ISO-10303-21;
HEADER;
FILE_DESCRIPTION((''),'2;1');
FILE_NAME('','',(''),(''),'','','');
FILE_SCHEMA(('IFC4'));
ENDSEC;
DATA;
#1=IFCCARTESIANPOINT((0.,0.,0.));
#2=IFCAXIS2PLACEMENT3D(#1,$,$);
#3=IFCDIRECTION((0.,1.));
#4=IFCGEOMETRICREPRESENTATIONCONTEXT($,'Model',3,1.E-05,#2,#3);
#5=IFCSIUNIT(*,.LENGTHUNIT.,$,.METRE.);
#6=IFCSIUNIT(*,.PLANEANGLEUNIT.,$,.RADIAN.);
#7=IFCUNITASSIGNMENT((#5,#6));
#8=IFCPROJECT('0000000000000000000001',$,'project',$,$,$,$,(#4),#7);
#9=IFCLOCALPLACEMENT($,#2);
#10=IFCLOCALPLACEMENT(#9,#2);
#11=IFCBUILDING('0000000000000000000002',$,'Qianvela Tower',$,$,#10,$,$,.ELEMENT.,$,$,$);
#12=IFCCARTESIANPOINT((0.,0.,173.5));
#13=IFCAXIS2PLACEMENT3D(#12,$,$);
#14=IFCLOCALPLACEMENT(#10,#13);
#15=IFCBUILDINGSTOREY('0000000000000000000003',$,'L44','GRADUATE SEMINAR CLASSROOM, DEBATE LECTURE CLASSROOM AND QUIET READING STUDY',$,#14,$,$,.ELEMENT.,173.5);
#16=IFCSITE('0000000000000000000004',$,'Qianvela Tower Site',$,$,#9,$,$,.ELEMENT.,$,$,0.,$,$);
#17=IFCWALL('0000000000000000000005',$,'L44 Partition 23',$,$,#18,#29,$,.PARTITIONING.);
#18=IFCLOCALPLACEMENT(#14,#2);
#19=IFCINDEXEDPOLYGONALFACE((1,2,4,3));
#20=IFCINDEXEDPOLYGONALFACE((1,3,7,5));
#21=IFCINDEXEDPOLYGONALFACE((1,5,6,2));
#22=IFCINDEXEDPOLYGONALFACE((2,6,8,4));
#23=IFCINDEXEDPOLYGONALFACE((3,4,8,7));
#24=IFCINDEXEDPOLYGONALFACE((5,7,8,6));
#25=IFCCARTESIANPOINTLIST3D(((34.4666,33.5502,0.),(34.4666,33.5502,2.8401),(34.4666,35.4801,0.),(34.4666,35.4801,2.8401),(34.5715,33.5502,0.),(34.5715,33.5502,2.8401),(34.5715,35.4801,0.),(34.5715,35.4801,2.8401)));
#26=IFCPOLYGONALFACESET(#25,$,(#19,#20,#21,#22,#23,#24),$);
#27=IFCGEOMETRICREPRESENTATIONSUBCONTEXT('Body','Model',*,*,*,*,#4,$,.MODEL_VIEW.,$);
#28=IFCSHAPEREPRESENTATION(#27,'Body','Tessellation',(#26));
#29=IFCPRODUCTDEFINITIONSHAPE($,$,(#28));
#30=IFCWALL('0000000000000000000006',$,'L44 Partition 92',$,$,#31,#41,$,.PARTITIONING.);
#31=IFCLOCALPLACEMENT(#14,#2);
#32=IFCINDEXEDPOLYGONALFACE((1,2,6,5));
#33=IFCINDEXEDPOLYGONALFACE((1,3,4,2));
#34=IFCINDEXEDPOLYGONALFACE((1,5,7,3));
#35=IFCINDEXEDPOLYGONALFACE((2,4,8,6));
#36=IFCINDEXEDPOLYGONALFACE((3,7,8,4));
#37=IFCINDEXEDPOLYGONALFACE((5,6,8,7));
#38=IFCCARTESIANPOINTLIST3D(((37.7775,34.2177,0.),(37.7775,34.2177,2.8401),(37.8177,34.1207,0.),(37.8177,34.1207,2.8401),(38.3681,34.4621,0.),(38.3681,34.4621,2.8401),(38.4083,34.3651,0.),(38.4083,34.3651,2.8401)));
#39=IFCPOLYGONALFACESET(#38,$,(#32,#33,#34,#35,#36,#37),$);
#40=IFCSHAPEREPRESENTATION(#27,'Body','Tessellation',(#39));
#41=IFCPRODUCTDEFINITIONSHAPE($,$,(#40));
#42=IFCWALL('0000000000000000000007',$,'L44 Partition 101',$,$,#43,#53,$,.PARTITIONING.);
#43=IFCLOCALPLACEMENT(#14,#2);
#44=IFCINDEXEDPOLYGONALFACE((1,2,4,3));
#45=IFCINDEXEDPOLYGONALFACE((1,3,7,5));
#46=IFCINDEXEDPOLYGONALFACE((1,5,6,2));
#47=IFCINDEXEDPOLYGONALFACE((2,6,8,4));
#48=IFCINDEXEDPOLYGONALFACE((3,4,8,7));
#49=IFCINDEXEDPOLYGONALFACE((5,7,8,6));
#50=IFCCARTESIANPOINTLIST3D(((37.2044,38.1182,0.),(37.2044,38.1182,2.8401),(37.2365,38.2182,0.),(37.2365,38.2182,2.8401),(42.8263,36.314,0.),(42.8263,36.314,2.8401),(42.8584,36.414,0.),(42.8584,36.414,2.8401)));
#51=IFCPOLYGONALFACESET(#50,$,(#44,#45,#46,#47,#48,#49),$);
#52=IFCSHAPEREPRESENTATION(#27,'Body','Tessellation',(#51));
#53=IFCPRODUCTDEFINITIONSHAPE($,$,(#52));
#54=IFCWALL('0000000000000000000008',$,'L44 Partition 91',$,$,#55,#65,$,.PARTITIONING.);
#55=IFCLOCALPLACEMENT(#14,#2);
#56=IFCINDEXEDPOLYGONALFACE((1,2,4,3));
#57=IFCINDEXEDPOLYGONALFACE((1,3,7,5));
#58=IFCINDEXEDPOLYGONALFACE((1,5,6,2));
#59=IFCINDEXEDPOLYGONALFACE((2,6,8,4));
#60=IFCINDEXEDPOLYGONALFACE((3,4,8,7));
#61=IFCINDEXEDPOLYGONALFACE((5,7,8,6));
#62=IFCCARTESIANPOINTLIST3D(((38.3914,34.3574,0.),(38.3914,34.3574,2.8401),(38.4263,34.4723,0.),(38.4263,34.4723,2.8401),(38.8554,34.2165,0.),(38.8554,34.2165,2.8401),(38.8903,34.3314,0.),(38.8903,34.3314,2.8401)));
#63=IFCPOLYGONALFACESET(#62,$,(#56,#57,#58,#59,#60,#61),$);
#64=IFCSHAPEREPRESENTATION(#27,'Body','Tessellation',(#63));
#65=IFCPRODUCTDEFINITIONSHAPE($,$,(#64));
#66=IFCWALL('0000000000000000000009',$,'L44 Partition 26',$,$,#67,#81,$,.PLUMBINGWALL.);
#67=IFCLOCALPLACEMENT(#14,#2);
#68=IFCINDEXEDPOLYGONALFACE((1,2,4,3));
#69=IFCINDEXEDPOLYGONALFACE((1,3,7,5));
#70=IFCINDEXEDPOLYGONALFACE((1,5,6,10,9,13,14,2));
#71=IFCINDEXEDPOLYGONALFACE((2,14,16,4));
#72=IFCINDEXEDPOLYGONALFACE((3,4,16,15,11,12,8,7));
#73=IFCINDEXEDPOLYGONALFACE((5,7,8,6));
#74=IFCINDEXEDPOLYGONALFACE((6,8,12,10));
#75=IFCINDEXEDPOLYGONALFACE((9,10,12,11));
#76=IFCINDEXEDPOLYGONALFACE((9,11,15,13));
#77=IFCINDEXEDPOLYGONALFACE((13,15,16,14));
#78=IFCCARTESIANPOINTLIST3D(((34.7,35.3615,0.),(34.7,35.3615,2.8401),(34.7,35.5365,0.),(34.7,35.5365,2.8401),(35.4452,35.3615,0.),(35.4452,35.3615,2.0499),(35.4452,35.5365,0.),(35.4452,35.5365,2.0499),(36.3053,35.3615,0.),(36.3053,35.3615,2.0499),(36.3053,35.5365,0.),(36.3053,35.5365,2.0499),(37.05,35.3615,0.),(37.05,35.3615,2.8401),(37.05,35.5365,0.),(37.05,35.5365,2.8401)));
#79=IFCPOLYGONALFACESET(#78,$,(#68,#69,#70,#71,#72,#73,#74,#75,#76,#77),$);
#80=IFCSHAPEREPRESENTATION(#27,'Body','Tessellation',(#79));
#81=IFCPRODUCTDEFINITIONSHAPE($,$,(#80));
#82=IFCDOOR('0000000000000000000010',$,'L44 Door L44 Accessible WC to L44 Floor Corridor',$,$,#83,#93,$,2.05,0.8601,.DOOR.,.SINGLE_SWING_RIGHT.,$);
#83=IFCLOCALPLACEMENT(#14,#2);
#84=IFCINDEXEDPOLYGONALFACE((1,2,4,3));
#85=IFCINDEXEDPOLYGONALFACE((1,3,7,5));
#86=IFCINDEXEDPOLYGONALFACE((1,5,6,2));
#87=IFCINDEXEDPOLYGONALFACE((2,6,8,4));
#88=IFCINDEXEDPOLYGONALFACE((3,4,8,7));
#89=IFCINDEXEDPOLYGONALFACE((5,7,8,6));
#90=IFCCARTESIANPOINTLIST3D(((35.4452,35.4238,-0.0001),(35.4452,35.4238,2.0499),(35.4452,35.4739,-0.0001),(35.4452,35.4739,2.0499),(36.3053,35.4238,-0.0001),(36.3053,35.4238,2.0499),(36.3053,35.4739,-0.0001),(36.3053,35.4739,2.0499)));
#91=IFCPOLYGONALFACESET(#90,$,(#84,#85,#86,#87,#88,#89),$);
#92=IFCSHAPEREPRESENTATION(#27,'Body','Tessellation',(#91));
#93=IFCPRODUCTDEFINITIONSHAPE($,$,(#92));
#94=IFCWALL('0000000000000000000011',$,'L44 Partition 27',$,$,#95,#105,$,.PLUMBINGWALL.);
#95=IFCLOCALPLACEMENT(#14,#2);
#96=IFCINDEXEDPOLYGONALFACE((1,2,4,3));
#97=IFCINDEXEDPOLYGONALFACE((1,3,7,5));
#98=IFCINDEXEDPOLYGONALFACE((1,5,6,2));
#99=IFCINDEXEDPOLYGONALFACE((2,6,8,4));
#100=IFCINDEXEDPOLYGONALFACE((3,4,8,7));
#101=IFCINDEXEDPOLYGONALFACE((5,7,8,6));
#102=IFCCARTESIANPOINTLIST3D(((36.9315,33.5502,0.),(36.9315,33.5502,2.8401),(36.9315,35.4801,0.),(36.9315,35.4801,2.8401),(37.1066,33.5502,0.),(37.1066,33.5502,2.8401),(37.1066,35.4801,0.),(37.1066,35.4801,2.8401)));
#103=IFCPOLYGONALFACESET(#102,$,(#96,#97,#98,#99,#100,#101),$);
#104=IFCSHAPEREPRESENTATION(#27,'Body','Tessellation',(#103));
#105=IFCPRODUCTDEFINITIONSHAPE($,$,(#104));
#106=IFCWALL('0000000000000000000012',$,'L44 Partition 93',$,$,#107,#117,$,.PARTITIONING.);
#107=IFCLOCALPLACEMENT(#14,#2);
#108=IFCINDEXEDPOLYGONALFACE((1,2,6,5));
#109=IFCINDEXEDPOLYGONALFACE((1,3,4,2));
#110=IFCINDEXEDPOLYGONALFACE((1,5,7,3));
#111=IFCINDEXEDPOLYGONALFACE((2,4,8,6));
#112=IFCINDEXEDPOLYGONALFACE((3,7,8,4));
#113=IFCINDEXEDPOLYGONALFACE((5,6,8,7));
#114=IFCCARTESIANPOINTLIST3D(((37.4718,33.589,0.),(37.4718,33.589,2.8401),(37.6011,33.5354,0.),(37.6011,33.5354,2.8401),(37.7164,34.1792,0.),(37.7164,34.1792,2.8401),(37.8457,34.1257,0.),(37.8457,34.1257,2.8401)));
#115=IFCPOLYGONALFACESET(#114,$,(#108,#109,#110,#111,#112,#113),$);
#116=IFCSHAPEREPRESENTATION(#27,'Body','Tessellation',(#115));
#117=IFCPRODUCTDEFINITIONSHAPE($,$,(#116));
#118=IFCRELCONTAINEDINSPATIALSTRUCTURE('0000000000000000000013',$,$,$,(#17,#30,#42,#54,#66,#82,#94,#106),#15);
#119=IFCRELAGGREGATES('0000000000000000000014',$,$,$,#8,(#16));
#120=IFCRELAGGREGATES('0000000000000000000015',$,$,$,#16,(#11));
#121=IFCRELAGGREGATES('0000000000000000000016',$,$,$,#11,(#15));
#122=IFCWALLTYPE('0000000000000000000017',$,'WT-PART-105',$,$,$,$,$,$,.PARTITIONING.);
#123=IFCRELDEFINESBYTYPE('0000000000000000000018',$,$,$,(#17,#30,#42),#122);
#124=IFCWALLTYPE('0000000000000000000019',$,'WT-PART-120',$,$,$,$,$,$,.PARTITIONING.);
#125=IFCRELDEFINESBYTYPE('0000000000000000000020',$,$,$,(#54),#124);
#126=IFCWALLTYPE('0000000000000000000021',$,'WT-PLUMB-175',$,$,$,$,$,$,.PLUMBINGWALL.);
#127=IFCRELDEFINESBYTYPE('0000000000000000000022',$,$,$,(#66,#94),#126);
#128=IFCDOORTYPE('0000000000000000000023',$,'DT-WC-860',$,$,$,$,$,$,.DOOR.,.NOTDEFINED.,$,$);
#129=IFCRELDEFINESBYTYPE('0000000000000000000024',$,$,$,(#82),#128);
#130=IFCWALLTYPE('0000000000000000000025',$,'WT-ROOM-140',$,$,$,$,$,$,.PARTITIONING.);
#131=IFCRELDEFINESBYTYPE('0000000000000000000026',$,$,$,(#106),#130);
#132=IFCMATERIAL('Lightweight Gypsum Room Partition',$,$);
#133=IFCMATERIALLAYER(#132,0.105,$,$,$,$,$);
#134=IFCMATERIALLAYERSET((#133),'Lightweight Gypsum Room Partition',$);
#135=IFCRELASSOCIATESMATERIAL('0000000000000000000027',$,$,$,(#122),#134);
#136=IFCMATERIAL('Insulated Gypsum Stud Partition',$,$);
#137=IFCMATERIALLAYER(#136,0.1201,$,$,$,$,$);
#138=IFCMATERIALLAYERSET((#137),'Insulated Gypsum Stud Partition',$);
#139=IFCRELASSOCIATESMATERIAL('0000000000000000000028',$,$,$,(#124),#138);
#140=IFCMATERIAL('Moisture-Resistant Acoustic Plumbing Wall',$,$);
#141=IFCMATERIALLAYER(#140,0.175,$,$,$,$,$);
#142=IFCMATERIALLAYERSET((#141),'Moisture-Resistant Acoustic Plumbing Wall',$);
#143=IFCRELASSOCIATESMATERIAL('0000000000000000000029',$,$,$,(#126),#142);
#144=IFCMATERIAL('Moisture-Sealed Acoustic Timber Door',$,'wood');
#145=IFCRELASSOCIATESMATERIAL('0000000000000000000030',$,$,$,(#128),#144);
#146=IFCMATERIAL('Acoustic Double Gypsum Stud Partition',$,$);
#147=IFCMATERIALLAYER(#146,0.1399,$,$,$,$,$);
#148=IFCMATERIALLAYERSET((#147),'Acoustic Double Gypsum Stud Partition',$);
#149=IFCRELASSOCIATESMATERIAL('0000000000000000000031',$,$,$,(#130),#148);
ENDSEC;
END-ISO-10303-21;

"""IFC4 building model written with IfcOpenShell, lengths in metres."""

from ifc_helpers import new_model, si_unit, direction, frame, frame_2d, origin, place, context, subcontext, project, spatial, rectangle, extrude, material, layer, layer_set, type_object, element, fill, save


model = new_model("IFC4")

# Units and contexts
model_context = context("Model", 3, precision=1e-05, world=origin(), true_north=direction((0.0, 1.0)))
body_context = subcontext(model_context, "Body", "Model", "MODEL_VIEW")
ifc_project = project(units=[si_unit("LENGTHUNIT", "METRE"), si_unit("PLANEANGLEUNIT", "RADIAN")], contexts=[model_context])

# Site, building, storey
site_placement = place(None, origin())
site = spatial("IfcSite", under=ifc_project, at=site_placement, Name="Qianvela Tower Site", CompositionType="ELEMENT", RefElevation=0.0)
building_placement = place(site_placement, origin())
building = spatial("IfcBuilding", under=site, at=building_placement, Name="Qianvela Tower", CompositionType="ELEMENT")
storey_placement = place(building_placement, frame((0.0, 0.0, 173.5)))
storey = spatial("IfcBuildingStorey", under=building, at=storey_placement, Name="L44", Description="GRADUATE SEMINAR CLASSROOM, DEBATE LECTURE CLASSROOM AND QUIET READING STUDY", CompositionType="ELEMENT", Elevation=173.5)

# Walls
ifc_material_1 = material(Name="Lightweight Gypsum Room Partition")
ifc_layer_1 = layer(ifc_material_1, 0.105)
ifc_layer_set_1 = layer_set([ifc_layer_1], Name="Lightweight Gypsum Room Partition")
wall_type_1 = type_object("IfcWallType", Name="WT-PART-105", PredefinedType="PARTITIONING", material=ifc_layer_set_1)
wall_1_placement = place(storey_placement, frame((34.519, 35.48, 0.0), z_axis=(0.0, 0.0, 1.0), x_axis=(0.0, -1.0, 0.0)))
element("IfcWall", 1, at=wall_1_placement, inside=storey, type_object=wall_type_1, Name="L44 Partition 23", PredefinedType="PARTITIONING", context=body_context, shape_type="SweptSolid", body=[
    extrude(rectangle(XDim=1.9299, YDim=0.105, at=frame_2d((0.9648, 0.0))), origin(), (0.0, 0.0, 1.0), 2.8401),
])
wall_2_placement = place(storey_placement, frame((38.3882, 34.4136, 0.0), z_axis=(0.0, 0.0, 1.0), x_axis=(-0.924012, -0.382363, 0.0)))
element("IfcWall", 2, at=wall_2_placement, inside=storey, type_object=wall_type_1, Name="L44 Partition 92", PredefinedType="PARTITIONING", context=body_context, shape_type="SweptSolid", body=[
    extrude(rectangle(XDim=0.6392, YDim=0.105, at=frame_2d((0.3196, 0.0))), origin(), (0.0, 0.0, 1.0), 2.8401),
])
wall_3_placement = place(storey_placement, frame((37.2205, 38.1682, 0.0), z_axis=(0.0, 0.0, 1.0), x_axis=(0.952167, -0.305577, 0.0)))
element("IfcWall", 3, at=wall_3_placement, inside=storey, type_object=wall_type_1, Name="L44 Partition 101", PredefinedType="PARTITIONING", context=body_context, shape_type="SweptSolid", body=[
    extrude(rectangle(XDim=5.9043, YDim=0.105, at=frame_2d((2.9521, 0.0))), origin(), (0.0, 0.0, 1.0), 2.8401),
])
ifc_material_2 = material(Name="Insulated Gypsum Stud Partition")
ifc_layer_2 = layer(ifc_material_2, 0.1201)
ifc_layer_set_2 = layer_set([ifc_layer_2], Name="Insulated Gypsum Stud Partition")
wall_type_2 = type_object("IfcWallType", Name="WT-PART-120", PredefinedType="PARTITIONING", material=ifc_layer_set_2)
wall_4_placement = place(storey_placement, frame((38.8728, 34.2739, 0.0), z_axis=(0.0, 0.0, 1.0), x_axis=(-0.956851, 0.29058, 0.0)))
element("IfcWall", 4, at=wall_4_placement, inside=storey, type_object=wall_type_2, Name="L44 Partition 91", PredefinedType="PARTITIONING", context=body_context, shape_type="SweptSolid", body=[
    extrude(rectangle(XDim=0.4849, YDim=0.1201, at=frame_2d((0.2424, 0.0))), origin(), (0.0, 0.0, 1.0), 2.8401),
])

# Wall, opening, door
ifc_material_3 = material(Name="Moisture-Resistant Acoustic Plumbing Wall")
ifc_layer_3 = layer(ifc_material_3, 0.175)
ifc_layer_set_3 = layer_set([ifc_layer_3], Name="Moisture-Resistant Acoustic Plumbing Wall")
wall_type_3 = type_object("IfcWallType", Name="WT-PLUMB-175", PredefinedType="PLUMBINGWALL", material=ifc_layer_set_3)
wall_5_placement = place(storey_placement, frame((34.7, 35.449, 0.0), z_axis=(0.0, 0.0, 1.0), x_axis=(1.0, 0.0, 0.0)))
wall_5 = element("IfcWall", 5, at=wall_5_placement, inside=storey, type_object=wall_type_3, Name="L44 Partition 26", PredefinedType="PLUMBINGWALL", context=body_context, shape_type="SweptSolid", body=[
    extrude(rectangle(XDim=2.3501, YDim=0.175, at=frame_2d((1.175, 0.0))), origin(), (0.0, 0.0, 1.0), 2.8401),
])
opening_placement = place(wall_5_placement, frame((0.7451, 0.0, 0.0)))
opening = element("IfcOpeningElement", 6, at=opening_placement, cuts=wall_5, PredefinedType="OPENING", context=body_context, shape_type="SweptSolid", body=[
    extrude(rectangle(XDim=0.8601, YDim=2.05, at=frame_2d((0.4302, 1.0249))), frame((0.0, 0.0974, 0.0), z_axis=(0.0, -1.0, 0.0), x_axis=(1.0, 0.0, 0.0)), (0.0, 0.0, 1.0), 0.1951),
])
ifc_material_4 = material(Name="Moisture-Sealed Acoustic Timber Door", Category="wood")
door_type = type_object("IfcDoorType", Name="DT-WC-860", OperationType="NOTDEFINED", PredefinedType="DOOR", material=ifc_material_4)
door_placement = place(opening_placement, origin())
door = element("IfcDoor", 7, at=door_placement, inside=storey, type_object=door_type, Name="L44 Door L44 Accessible WC to L44 Floor Corridor", OperationType="SINGLE_SWING_RIGHT", OverallHeight=2.05, OverallWidth=0.8601, PredefinedType="DOOR", context=body_context, shape_type="SweptSolid", body=[
    extrude(rectangle(XDim=0.8601, YDim=2.05, at=frame_2d((0.4302, 1.0249))), frame((0.0, 0.0249, 0.0), z_axis=(0.0, -1.0, 0.0), x_axis=(1.0, 0.0, 0.0)), (0.0, 0.0, 1.0), 0.05),
])
fill(opening, door)

# Walls
wall_6_placement = place(storey_placement, frame((37.019, 35.48, 0.0), z_axis=(0.0, 0.0, 1.0), x_axis=(0.0, -1.0, 0.0)))
element("IfcWall", 8, at=wall_6_placement, inside=storey, type_object=wall_type_3, Name="L44 Partition 27", PredefinedType="PLUMBINGWALL", context=body_context, shape_type="SweptSolid", body=[
    extrude(rectangle(XDim=1.9299, YDim=0.175, at=frame_2d((0.9648, 0.0))), origin(), (0.0, 0.0, 1.0), 2.8401),
])
ifc_material_5 = material(Name="Acoustic Double Gypsum Stud Partition")
ifc_layer_4 = layer(ifc_material_5, 0.1399)
ifc_layer_set_4 = layer_set([ifc_layer_4], Name="Acoustic Double Gypsum Stud Partition")
wall_type_4 = type_object("IfcWallType", Name="WT-ROOM-140", PredefinedType="PARTITIONING", material=ifc_layer_set_4)
wall_7_placement = place(storey_placement, frame((37.781, 34.1523, 0.0), z_axis=(0.0, 0.0, 1.0), x_axis=(-0.382824, -0.923821, 0.0)))
element("IfcWall", 9, at=wall_7_placement, inside=storey, type_object=wall_type_4, Name="L44 Partition 93", PredefinedType="PARTITIONING", context=body_context, shape_type="SweptSolid", body=[
    extrude(rectangle(XDim=0.6389, YDim=0.1399, at=frame_2d((0.3193, 0.0))), origin(), (0.0, 0.0, 1.0), 2.8401),
])

save(model, "model.ifc")
